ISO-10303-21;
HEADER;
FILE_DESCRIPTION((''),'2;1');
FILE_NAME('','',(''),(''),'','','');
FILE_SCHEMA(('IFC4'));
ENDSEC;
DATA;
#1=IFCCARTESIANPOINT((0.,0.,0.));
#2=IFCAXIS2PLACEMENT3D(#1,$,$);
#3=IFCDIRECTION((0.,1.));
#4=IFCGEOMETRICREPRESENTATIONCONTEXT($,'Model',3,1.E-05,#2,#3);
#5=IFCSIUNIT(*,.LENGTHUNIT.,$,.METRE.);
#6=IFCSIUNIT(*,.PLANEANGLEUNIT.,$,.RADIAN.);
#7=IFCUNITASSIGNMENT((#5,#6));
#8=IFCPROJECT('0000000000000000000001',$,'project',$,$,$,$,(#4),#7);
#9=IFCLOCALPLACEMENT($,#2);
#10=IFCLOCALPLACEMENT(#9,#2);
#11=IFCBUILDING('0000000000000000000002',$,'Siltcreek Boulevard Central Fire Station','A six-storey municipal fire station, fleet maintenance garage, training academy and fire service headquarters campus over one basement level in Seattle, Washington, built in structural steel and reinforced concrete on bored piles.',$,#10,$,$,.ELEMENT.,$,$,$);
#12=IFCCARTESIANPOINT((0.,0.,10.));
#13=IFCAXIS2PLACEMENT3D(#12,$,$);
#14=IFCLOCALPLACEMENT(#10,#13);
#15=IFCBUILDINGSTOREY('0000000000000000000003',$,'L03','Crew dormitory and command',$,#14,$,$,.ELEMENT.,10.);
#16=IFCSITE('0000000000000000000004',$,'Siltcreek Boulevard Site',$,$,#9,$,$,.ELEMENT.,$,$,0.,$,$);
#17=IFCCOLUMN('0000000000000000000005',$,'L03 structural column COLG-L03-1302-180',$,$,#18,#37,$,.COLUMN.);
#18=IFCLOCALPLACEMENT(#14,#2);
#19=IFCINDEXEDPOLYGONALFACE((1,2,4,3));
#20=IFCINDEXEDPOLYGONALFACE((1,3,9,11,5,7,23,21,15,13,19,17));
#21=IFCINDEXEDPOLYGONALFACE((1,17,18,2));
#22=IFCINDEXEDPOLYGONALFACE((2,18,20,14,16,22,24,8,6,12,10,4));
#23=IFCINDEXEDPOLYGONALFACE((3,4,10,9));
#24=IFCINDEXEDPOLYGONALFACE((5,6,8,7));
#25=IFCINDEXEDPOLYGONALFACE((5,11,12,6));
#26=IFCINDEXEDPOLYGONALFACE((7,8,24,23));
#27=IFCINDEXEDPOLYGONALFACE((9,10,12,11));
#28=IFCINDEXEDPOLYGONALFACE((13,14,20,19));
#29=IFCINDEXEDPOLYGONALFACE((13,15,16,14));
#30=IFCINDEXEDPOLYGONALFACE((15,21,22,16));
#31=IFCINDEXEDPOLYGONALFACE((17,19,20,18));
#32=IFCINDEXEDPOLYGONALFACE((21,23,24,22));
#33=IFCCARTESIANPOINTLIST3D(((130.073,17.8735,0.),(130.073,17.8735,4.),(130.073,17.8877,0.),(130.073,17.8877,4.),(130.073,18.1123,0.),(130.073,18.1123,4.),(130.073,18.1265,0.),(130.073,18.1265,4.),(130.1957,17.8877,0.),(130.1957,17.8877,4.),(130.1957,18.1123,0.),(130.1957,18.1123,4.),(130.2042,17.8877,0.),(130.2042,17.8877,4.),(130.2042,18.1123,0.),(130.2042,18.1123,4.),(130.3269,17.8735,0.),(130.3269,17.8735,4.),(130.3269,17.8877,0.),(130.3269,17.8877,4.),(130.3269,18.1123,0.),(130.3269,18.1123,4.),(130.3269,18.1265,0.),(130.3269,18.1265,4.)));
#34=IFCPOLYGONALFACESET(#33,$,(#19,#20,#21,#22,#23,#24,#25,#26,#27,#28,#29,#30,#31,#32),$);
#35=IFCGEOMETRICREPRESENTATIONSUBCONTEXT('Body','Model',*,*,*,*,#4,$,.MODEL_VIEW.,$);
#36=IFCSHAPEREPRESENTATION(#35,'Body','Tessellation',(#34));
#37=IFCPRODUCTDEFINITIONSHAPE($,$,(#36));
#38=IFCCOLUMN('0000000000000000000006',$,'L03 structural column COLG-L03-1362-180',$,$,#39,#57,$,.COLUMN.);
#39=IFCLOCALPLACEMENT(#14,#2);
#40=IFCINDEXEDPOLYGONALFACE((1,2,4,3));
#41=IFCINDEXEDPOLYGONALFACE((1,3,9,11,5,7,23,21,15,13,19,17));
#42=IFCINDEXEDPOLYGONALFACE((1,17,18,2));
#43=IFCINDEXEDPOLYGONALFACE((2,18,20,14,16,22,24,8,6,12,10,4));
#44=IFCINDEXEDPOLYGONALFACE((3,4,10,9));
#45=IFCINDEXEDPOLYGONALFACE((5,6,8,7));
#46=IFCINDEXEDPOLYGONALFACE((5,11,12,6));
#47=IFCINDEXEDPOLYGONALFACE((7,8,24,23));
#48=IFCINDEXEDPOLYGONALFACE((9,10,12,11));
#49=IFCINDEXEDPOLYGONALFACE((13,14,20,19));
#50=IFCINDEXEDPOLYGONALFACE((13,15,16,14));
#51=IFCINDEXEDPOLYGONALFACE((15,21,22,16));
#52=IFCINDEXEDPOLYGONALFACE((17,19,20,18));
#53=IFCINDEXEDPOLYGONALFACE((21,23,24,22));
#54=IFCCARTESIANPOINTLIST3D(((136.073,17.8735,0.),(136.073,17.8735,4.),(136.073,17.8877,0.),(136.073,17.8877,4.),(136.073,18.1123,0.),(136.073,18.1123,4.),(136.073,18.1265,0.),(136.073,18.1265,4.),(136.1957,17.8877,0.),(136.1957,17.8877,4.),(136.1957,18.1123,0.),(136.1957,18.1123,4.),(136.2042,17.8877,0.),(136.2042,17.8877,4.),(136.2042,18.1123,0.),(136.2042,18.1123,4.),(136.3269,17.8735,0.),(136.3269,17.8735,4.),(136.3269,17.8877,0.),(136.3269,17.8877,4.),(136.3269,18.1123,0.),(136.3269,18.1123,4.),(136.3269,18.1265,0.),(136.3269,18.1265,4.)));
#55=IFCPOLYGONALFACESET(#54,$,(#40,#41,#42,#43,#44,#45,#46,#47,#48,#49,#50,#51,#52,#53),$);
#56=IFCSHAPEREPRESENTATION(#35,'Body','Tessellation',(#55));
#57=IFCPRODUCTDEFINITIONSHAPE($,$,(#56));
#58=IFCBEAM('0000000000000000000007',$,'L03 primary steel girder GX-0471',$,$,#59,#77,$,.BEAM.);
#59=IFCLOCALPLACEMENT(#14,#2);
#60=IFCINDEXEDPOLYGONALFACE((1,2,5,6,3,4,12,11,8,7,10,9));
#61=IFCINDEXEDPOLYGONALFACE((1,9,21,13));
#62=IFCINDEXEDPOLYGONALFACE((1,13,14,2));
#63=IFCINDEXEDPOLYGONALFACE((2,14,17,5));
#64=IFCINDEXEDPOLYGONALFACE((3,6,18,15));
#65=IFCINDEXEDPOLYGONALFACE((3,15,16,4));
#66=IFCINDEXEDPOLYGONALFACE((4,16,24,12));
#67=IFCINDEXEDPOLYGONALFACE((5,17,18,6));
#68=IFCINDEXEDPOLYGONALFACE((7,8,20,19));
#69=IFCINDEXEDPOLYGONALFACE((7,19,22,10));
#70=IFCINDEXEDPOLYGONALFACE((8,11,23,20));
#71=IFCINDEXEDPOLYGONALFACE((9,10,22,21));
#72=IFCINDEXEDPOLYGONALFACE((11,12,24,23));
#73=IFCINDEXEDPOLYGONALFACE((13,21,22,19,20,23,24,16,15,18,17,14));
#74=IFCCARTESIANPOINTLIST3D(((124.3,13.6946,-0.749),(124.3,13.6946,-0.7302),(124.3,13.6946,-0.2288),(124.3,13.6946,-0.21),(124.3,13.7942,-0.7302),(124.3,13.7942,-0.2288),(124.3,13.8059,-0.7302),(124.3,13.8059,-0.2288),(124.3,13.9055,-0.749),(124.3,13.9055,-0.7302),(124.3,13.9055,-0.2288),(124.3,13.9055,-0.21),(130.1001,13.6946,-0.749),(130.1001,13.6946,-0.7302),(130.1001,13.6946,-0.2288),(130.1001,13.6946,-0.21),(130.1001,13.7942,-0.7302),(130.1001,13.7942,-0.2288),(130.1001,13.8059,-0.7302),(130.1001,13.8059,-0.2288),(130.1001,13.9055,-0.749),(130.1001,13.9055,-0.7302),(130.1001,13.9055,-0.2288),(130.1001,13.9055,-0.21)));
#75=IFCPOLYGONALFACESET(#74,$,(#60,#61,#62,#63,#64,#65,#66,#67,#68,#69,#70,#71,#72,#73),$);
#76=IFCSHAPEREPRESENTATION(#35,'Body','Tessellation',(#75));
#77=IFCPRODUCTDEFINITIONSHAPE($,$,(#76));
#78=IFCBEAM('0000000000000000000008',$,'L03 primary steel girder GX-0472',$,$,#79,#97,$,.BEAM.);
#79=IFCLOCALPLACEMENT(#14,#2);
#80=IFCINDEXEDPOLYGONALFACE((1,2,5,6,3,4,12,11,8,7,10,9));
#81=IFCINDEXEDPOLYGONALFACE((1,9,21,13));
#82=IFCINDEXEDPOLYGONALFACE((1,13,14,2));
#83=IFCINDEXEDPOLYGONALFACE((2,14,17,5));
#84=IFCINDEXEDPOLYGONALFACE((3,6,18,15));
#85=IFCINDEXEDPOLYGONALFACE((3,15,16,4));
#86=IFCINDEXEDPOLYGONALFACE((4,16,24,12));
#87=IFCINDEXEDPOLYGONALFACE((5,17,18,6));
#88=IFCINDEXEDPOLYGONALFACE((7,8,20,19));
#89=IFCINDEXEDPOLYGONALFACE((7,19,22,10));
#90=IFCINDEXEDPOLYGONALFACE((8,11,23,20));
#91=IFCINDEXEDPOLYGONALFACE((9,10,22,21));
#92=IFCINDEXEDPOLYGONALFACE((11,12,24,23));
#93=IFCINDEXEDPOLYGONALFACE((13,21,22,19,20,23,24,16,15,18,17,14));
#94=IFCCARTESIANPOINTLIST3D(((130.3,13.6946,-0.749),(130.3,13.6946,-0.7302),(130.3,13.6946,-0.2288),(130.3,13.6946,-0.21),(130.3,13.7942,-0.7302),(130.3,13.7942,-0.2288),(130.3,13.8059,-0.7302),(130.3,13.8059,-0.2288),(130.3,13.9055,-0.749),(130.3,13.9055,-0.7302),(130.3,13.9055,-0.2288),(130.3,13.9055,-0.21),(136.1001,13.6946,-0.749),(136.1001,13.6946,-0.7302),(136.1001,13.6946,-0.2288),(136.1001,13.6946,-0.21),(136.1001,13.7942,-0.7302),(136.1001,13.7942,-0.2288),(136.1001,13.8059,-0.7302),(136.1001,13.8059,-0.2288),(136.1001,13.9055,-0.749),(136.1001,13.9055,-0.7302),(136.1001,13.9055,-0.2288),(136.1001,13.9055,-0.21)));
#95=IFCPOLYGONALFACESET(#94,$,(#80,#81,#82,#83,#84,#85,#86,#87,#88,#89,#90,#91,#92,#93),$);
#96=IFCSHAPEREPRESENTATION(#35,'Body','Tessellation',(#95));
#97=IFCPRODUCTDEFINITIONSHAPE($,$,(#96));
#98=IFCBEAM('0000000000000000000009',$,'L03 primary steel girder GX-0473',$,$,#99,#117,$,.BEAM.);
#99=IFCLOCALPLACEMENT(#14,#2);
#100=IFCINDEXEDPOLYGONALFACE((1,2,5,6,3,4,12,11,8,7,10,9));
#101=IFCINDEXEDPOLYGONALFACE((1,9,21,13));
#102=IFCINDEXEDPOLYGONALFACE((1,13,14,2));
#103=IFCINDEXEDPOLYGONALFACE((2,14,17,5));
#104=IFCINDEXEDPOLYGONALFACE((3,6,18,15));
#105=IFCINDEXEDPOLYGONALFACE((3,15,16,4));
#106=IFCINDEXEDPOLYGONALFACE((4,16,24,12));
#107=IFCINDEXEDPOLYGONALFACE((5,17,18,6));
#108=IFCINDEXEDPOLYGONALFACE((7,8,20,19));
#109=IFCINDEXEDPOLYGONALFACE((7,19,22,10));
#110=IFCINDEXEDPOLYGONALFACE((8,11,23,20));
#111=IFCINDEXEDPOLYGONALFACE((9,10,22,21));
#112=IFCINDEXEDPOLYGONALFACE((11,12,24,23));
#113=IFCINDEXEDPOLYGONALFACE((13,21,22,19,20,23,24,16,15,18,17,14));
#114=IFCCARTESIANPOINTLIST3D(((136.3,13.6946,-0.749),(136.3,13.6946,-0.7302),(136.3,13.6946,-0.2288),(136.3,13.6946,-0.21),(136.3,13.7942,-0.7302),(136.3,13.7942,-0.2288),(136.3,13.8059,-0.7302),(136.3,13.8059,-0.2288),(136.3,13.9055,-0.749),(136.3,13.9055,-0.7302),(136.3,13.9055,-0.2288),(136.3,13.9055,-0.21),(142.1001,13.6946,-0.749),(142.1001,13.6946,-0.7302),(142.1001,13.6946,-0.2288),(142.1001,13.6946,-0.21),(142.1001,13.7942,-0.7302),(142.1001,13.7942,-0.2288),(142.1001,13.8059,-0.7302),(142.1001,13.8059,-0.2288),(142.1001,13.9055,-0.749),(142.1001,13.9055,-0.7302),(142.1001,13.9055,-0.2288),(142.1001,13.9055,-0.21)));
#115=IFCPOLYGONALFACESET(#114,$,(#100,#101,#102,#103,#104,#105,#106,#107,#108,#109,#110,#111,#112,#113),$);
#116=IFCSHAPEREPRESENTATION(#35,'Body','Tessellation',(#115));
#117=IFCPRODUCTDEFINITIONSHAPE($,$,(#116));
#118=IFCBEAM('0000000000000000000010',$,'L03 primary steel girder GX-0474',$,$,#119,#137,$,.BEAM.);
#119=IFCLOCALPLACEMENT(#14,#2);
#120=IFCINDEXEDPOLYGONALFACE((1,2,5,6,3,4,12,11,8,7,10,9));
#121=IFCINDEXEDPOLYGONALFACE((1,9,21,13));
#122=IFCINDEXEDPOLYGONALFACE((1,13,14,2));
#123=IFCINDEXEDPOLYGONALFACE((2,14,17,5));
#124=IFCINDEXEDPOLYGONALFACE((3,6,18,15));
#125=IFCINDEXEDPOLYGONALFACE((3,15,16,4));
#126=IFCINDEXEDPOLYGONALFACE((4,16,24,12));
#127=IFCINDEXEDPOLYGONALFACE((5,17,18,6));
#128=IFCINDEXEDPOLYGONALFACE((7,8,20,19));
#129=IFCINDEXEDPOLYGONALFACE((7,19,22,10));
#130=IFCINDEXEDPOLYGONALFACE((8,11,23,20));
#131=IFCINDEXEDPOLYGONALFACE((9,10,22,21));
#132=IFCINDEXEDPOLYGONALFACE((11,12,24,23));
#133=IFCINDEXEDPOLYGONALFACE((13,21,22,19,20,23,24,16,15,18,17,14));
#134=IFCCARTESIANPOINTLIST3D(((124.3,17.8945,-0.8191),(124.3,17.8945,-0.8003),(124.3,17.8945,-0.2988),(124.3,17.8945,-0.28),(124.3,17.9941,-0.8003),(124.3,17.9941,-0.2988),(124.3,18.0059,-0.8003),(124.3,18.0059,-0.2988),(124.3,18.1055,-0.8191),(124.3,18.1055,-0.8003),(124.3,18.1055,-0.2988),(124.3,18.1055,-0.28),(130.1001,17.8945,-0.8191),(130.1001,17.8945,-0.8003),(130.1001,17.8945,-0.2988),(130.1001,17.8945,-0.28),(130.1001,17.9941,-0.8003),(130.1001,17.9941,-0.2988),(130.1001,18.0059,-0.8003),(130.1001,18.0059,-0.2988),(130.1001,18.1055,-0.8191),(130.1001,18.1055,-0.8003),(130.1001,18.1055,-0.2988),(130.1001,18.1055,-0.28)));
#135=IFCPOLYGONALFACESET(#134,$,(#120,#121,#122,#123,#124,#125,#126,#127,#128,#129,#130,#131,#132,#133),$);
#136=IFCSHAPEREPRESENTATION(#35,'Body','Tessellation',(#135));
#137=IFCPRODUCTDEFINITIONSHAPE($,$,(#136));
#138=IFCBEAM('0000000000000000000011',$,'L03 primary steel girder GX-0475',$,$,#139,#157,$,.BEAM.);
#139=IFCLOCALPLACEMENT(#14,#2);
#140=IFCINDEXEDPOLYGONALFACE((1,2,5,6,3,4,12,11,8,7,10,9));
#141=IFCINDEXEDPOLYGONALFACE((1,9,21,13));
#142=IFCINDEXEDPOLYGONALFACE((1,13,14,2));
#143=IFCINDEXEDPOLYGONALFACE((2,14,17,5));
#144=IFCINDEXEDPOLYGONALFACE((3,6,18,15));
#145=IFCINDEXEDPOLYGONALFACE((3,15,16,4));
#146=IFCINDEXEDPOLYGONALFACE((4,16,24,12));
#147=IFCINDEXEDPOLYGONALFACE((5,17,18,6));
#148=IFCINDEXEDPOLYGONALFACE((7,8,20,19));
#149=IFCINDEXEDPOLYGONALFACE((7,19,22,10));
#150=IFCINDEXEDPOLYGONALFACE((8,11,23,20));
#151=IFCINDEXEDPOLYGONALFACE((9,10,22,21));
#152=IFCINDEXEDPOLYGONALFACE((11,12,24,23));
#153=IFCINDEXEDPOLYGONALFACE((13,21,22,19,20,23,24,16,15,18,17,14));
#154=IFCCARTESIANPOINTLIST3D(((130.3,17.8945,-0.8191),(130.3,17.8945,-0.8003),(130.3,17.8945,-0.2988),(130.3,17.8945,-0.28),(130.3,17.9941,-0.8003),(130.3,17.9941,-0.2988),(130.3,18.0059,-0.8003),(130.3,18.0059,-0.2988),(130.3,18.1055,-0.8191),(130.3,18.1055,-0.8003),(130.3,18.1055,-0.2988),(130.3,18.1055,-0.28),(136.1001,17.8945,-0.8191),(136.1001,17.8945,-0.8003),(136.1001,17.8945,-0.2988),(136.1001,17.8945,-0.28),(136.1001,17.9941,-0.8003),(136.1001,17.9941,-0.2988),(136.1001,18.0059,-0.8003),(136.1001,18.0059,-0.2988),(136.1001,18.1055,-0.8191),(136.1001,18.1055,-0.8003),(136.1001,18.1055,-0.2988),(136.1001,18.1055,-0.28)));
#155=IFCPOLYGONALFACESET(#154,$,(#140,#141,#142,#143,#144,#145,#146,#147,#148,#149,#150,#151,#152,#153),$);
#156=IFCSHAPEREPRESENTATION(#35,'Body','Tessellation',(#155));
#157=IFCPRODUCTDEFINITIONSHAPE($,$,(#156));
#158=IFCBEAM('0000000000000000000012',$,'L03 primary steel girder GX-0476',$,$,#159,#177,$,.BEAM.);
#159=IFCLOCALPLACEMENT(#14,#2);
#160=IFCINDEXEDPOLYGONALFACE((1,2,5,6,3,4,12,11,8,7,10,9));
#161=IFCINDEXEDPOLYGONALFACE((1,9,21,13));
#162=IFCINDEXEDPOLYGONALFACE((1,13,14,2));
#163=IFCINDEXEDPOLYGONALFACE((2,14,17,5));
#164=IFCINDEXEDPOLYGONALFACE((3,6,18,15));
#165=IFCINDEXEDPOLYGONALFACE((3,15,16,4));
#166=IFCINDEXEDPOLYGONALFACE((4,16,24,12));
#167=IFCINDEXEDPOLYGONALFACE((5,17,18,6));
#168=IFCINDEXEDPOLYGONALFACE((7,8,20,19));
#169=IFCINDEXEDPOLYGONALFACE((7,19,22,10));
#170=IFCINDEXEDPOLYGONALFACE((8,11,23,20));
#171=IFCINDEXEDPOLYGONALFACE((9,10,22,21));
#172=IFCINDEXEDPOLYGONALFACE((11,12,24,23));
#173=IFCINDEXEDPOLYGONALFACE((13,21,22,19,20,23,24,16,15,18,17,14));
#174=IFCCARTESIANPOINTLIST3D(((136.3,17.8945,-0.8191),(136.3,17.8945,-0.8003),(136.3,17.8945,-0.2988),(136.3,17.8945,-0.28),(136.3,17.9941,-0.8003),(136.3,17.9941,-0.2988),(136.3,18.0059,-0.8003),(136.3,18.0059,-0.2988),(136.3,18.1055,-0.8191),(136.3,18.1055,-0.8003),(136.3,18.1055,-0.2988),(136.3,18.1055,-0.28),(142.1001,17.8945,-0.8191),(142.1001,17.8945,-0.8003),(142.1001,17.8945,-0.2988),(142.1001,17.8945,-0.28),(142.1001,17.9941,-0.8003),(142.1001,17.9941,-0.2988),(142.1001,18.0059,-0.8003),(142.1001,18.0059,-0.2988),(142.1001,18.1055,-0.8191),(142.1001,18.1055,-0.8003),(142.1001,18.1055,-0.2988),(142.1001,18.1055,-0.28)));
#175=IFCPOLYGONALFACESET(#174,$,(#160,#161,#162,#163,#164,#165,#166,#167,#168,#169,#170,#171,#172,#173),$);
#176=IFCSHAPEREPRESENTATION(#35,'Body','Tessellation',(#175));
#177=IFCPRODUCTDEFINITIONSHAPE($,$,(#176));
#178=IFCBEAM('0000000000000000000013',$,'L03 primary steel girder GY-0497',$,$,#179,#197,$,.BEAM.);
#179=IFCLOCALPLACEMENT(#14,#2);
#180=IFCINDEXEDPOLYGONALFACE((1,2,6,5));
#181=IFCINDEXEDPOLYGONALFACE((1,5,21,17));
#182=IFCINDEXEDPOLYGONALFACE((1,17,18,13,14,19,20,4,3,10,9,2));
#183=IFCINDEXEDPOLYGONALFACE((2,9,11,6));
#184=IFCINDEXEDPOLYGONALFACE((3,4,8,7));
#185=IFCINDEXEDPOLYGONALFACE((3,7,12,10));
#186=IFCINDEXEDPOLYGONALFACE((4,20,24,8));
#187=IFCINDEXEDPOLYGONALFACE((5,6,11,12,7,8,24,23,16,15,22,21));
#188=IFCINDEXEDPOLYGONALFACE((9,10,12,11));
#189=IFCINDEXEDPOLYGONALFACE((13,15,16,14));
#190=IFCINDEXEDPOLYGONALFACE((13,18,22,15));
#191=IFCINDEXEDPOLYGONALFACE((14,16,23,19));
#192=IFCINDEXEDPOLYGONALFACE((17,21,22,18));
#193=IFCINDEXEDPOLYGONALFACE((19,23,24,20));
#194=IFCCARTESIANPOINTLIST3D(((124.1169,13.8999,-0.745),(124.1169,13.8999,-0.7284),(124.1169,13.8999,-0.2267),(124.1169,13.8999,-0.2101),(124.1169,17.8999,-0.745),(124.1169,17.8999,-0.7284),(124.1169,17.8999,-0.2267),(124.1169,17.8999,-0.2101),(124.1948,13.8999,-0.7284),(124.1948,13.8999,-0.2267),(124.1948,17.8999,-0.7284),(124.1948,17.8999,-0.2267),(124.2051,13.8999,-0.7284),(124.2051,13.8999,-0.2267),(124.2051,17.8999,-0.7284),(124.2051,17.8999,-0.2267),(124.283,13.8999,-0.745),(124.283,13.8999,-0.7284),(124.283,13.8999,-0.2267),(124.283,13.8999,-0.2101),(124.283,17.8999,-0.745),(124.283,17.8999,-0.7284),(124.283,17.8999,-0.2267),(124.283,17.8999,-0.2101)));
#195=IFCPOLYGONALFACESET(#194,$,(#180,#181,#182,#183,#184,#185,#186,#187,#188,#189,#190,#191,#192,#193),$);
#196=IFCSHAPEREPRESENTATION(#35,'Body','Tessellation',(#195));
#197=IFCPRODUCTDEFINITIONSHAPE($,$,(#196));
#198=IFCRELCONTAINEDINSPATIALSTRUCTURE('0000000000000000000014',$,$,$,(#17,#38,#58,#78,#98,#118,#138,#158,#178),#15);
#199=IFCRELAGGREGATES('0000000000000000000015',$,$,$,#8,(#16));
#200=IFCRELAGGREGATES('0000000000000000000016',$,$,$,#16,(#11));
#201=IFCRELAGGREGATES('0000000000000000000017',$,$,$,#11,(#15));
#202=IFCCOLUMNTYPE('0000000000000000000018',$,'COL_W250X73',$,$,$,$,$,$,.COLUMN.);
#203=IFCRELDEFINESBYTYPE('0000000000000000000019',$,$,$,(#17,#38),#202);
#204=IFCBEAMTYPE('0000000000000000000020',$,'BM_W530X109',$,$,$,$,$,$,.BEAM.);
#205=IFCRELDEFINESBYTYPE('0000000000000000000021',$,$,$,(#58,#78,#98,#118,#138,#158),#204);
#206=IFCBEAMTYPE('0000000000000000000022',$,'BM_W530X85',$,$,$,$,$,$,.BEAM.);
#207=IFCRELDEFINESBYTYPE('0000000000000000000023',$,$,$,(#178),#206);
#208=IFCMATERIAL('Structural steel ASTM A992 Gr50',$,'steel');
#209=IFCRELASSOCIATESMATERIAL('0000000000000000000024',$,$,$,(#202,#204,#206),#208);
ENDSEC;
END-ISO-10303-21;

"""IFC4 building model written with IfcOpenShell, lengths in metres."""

from ifc_helpers import new_model, si_unit, direction, frame, origin, origin_2d, place, context, subcontext, project, spatial, i_section, extrude, material, material_profile, profile_set, type_object, element, save


model = new_model("IFC4")

# Units and contexts
model_context = context("Model", 3, precision=1e-05, world=origin(), true_north=direction((0.0, 1.0)))
body_context = subcontext(model_context, "Body", "Model", "MODEL_VIEW")
ifc_project = project(units=[si_unit("LENGTHUNIT", "METRE"), si_unit("PLANEANGLEUNIT", "RADIAN")], contexts=[model_context])

# Site, building, storey
site_placement = place(None, origin())
site = spatial("IfcSite", under=ifc_project, at=site_placement, Name="Siltcreek Boulevard Site", CompositionType="ELEMENT", RefElevation=0.0)
building_placement = place(site_placement, origin())
building = spatial("IfcBuilding", under=site, at=building_placement, Name="Siltcreek Boulevard Central Fire Station", Description="A six-storey municipal fire station, fleet maintenance garage, training academy and fire service headquarters campus over one basement level in Seattle, Washington, built in structural steel and reinforced concrete on bored piles.", CompositionType="ELEMENT")
storey_placement = place(building_placement, frame((0.0, 0.0, 10.0)))
storey = spatial("IfcBuildingStorey", under=building, at=storey_placement, Name="L03", Description="Crew dormitory and command", CompositionType="ELEMENT", Elevation=10.0)

# Columns
ifc_material_1 = material(Name="Structural steel ASTM A992 Gr50", Category="steel")
ifc_material_profile_1 = material_profile(ifc_material_1, i_section(OverallWidth=0.2539, OverallDepth=0.2529, WebThickness=0.0085, FlangeThickness=0.0142, at=origin_2d()), Name="W250X73")
ifc_profile_set_1 = profile_set([ifc_material_profile_1], Name="Structural steel ASTM A992 Gr50")
column_type = type_object("IfcColumnType", Name="COL_W250X73", PredefinedType="COLUMN", material=ifc_profile_set_1)
for number, where, z_axis, x_axis, name in (
    (1, (130.2, 18.0, 0.0), (0.0, 0.0, 1.0), (1.0, 0.0, 0.0), "L03 structural column COLG-L03-1302-180"),
    (2, (136.2, 18.0, 0.0), (0.0, 0.0, 1.0), (1.0, 0.0, 0.0), "L03 structural column COLG-L03-1362-180"),
):
    element("IfcColumn", number, at=place(storey_placement, frame(where, z_axis=z_axis, x_axis=x_axis)), inside=storey, type_object=column_type, Name=name, PredefinedType="COLUMN", context=body_context, shape_type="SweptSolid", body=[
        extrude(i_section(OverallWidth=0.2539, OverallDepth=0.2529, WebThickness=0.0085, FlangeThickness=0.0142, at=origin_2d()), origin(), (0.0, 0.0, 1.0), 4.0),
    ])

# Beams
ifc_material_profile_2 = material_profile(ifc_material_1, i_section(OverallWidth=0.2109, OverallDepth=0.5391, WebThickness=0.0117, FlangeThickness=0.0188, at=origin_2d()), Name="W530X109")
ifc_profile_set_2 = profile_set([ifc_material_profile_2], Name="Structural steel ASTM A992 Gr50")
beam_type_1 = type_object("IfcBeamType", Name="BM_W530X109", PredefinedType="BEAM", material=ifc_profile_set_2)
for number, where, z_axis, x_axis, name in (
    (3, (124.3, 13.8, -0.4795), (1.0, 0.0, 0.0), (0.0, 1.0, 0.0), "L03 primary steel girder GX-0471"),
    (4, (130.3, 13.8, -0.4795), (1.0, 0.0, 0.0), (0.0, 1.0, 0.0), "L03 primary steel girder GX-0472"),
    (5, (136.3, 13.8, -0.4795), (1.0, 0.0, 0.0), (0.0, 1.0, 0.0), "L03 primary steel girder GX-0473"),
    (6, (124.3, 18.0, -0.5496), (1.0, 0.0, 0.0), (0.0, 1.0, 0.0), "L03 primary steel girder GX-0474"),
    (7, (130.3, 18.0, -0.5496), (1.0, 0.0, 0.0), (0.0, 1.0, 0.0), "L03 primary steel girder GX-0475"),
    (8, (136.3, 18.0, -0.5496), (1.0, 0.0, 0.0), (0.0, 1.0, 0.0), "L03 primary steel girder GX-0476"),
):
    element("IfcBeam", number, at=place(storey_placement, frame(where, z_axis=z_axis, x_axis=x_axis)), inside=storey, type_object=beam_type_1, Name=name, PredefinedType="BEAM", context=body_context, shape_type="SweptSolid", body=[
        extrude(i_section(OverallWidth=0.2109, OverallDepth=0.5391, WebThickness=0.0117, FlangeThickness=0.0188, at=origin_2d()), origin(), (0.0, 0.0, 1.0), 5.8),
    ])
ifc_material_profile_3 = material_profile(ifc_material_1, i_section(OverallWidth=0.166, OverallDepth=0.5349, WebThickness=0.0103, FlangeThickness=0.0166, at=origin_2d()), Name="W530X85")
ifc_profile_set_3 = profile_set([ifc_material_profile_3], Name="Structural steel ASTM A992 Gr50")
beam_type_2 = type_object("IfcBeamType", Name="BM_W530X85", PredefinedType="BEAM", material=ifc_profile_set_3)
for number, where, z_axis, x_axis, name in (
    (9, (124.2, 13.8999, -0.4775), (0.0, 1.0, 0.0), (-1.0, 0.0, 0.0), "L03 primary steel girder GY-0497"),
):
    element("IfcBeam", number, at=place(storey_placement, frame(where, z_axis=z_axis, x_axis=x_axis)), inside=storey, type_object=beam_type_2, Name=name, PredefinedType="BEAM", context=body_context, shape_type="SweptSolid", body=[
        extrude(i_section(OverallWidth=0.166, OverallDepth=0.5349, WebThickness=0.0103, FlangeThickness=0.0166, at=origin_2d()), origin(), (0.0, 0.0, 1.0), 4.0),
    ])

save(model, "model.ifc")
